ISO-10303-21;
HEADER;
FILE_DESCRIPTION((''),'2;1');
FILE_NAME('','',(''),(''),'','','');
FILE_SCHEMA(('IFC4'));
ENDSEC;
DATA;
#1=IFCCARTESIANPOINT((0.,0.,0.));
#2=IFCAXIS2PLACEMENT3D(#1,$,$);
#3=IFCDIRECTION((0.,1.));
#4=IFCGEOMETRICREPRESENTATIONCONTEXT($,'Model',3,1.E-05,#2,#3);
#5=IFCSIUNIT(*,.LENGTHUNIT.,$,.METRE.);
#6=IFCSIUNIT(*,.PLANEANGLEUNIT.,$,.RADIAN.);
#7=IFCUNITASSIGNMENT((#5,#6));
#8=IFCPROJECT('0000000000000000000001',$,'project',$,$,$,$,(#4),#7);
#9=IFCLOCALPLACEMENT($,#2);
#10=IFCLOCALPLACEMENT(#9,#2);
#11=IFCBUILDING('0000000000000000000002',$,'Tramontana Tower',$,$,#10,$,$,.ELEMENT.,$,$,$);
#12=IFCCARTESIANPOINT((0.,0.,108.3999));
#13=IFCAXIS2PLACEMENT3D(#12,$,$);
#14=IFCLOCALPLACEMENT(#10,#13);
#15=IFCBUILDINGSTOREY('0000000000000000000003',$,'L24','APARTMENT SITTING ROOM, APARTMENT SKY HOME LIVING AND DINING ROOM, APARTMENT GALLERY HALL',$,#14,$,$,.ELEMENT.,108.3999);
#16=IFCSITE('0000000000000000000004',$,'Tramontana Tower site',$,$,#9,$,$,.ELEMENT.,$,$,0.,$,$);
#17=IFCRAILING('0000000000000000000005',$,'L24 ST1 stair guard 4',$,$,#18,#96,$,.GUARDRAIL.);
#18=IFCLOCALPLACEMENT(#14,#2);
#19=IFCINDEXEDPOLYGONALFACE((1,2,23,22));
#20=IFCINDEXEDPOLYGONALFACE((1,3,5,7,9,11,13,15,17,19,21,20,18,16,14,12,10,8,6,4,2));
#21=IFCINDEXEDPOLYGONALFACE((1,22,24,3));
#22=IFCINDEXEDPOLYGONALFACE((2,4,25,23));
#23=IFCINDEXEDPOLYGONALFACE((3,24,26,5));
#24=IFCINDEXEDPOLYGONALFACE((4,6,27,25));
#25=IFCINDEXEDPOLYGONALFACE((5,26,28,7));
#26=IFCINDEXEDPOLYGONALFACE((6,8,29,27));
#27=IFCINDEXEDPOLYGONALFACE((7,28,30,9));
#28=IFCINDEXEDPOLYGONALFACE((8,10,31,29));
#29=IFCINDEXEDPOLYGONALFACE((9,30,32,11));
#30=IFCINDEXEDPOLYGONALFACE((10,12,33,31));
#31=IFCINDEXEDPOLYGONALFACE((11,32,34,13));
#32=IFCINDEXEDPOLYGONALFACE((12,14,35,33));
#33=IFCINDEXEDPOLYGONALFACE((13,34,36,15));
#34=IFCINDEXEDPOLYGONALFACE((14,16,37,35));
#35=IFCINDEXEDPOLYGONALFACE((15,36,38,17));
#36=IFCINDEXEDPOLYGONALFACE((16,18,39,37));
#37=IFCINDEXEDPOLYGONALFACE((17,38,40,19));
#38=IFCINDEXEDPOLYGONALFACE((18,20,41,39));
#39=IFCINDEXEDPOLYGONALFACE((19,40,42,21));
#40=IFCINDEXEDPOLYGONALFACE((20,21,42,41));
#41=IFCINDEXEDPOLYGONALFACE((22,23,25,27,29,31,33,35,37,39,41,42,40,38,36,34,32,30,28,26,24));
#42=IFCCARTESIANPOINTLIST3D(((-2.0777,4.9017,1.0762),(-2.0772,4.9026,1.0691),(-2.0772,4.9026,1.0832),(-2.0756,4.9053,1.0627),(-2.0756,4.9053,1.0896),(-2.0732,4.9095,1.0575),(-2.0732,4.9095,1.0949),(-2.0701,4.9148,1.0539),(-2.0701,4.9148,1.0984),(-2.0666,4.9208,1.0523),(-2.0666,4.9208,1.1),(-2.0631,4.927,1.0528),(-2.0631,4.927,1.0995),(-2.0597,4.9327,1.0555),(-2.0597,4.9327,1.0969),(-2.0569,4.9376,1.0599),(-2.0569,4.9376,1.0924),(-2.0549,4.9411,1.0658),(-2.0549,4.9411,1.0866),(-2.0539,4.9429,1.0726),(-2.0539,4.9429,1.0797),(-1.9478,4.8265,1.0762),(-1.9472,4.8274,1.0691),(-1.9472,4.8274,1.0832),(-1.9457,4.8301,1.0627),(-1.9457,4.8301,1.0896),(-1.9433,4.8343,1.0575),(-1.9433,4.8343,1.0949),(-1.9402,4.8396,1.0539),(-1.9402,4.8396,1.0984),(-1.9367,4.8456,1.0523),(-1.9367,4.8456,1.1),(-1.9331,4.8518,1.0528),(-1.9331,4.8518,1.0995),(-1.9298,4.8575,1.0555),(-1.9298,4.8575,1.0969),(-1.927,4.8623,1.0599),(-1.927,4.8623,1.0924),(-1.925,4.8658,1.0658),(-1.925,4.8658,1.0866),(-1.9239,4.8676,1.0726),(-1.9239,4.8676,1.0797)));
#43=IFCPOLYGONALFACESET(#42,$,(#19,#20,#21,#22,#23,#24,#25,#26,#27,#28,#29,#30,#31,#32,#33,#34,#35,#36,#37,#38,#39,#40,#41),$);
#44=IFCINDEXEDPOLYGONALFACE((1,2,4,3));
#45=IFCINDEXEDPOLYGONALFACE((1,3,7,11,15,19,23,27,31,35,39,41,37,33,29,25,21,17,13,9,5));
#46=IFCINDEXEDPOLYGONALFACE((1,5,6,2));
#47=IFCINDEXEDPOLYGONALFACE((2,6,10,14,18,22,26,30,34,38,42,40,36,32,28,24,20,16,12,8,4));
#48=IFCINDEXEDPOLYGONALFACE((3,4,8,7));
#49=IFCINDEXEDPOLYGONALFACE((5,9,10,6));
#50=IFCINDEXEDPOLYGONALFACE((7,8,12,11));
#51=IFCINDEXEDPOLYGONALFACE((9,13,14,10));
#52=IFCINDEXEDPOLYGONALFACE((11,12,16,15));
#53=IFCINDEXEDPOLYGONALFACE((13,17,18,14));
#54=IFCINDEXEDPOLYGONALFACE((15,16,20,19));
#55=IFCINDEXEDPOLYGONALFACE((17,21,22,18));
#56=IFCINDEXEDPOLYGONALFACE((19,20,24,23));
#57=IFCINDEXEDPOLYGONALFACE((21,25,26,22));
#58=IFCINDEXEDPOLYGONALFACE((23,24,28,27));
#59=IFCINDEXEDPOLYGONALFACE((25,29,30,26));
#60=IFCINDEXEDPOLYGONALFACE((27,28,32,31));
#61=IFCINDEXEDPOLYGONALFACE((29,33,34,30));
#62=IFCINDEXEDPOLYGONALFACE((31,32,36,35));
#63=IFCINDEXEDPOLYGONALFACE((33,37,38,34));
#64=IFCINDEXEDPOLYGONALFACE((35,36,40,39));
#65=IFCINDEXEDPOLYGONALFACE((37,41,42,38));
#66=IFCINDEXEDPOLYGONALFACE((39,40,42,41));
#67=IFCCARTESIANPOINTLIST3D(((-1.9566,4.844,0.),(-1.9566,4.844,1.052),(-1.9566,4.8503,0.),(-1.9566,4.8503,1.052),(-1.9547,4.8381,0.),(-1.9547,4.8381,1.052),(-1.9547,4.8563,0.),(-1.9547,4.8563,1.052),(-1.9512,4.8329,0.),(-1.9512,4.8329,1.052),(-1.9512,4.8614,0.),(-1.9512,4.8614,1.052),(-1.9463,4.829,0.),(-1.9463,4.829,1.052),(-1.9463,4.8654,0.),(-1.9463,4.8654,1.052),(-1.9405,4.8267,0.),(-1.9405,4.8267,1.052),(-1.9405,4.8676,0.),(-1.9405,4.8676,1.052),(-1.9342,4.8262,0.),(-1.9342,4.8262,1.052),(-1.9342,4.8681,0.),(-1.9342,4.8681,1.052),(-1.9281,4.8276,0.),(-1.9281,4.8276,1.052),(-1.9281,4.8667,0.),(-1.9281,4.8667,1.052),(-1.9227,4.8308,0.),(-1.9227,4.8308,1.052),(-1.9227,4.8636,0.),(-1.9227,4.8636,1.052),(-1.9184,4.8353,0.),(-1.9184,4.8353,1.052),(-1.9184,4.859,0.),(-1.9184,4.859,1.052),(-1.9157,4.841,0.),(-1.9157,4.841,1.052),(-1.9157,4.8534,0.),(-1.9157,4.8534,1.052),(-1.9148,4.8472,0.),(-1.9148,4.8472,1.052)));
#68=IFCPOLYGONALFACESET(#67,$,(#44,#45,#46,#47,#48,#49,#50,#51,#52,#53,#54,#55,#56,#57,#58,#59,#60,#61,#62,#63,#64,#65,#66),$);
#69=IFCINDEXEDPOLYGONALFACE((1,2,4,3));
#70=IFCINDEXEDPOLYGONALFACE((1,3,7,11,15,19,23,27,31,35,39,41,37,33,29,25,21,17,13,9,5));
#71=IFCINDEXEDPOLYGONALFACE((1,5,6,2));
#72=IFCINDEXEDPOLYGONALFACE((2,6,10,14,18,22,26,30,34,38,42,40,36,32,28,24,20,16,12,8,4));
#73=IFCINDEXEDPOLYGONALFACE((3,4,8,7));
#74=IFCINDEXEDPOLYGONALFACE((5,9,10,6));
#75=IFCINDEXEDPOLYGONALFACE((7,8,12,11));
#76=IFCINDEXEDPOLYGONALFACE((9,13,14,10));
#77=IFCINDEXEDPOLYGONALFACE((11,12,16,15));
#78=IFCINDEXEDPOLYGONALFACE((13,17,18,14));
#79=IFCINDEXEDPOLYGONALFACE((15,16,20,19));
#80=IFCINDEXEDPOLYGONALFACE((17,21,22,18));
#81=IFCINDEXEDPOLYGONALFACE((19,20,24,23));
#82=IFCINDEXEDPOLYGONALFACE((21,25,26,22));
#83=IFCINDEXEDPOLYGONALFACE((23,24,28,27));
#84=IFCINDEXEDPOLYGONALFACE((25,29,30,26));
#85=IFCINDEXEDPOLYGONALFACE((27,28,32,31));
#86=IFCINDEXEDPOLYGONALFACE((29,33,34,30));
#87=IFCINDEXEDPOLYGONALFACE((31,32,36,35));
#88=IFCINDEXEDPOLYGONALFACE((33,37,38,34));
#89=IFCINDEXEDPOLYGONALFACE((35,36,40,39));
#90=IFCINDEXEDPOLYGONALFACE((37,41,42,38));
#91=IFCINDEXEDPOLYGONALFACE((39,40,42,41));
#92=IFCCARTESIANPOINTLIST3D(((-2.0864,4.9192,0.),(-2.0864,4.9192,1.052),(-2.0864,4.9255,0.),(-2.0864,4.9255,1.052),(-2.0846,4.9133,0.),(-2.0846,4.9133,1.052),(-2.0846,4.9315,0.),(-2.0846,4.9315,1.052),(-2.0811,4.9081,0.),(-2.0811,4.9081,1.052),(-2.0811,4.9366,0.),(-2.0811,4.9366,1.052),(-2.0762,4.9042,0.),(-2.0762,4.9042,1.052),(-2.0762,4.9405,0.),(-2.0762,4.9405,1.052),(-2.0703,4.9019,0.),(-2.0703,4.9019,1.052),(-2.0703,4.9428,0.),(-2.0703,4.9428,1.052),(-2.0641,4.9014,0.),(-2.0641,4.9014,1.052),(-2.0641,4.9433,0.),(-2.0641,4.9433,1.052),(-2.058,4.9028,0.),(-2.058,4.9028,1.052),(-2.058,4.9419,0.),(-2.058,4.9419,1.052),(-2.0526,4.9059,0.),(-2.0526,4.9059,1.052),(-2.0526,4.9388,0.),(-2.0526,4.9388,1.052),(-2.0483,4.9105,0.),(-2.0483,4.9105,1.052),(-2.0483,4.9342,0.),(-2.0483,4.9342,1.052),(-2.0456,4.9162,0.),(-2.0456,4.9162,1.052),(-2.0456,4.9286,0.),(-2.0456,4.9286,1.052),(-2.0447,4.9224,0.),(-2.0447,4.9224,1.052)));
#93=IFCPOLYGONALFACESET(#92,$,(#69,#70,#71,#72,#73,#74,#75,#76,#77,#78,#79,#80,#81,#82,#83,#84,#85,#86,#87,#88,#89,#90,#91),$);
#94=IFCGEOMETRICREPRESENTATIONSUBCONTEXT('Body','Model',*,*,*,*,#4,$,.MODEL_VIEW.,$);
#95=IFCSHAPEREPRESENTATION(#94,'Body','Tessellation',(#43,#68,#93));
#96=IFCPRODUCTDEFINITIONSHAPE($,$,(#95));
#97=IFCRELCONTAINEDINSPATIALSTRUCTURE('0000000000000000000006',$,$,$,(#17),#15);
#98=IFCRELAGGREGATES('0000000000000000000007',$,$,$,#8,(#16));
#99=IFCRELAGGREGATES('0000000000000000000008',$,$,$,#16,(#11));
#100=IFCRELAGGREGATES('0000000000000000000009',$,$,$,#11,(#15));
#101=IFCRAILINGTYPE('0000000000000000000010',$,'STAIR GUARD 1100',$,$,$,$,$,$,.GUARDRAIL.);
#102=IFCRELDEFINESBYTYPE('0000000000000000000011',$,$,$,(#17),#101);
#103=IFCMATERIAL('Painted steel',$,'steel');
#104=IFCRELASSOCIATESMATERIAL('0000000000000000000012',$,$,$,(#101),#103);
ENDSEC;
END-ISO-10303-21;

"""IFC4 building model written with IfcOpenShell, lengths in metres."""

from ifc_helpers import new_model, si_unit, direction, frame, origin, origin_2d, place, context, subcontext, project, spatial, circle, extrude, material, type_object, element, save


model = new_model("IFC4")

# Units and contexts
model_context = context("Model", 3, precision=1e-05, world=origin(), true_north=direction((0.0, 1.0)))
body_context = subcontext(model_context, "Body", "Model", "MODEL_VIEW")
ifc_project = project(units=[si_unit("LENGTHUNIT", "METRE"), si_unit("PLANEANGLEUNIT", "RADIAN")], contexts=[model_context])

# Site, building, storey
site_placement = place(None, origin())
site = spatial("IfcSite", under=ifc_project, at=site_placement, Name="Tramontana Tower site", CompositionType="ELEMENT", RefElevation=0.0)
building_placement = place(site_placement, origin())
building = spatial("IfcBuilding", under=site, at=building_placement, Name="Tramontana Tower", CompositionType="ELEMENT")
storey_placement = place(building_placement, frame((0.0, 0.0, 108.3999)))
storey = spatial("IfcBuildingStorey", under=building, at=storey_placement, Name="L24", Description="APARTMENT SITTING ROOM, APARTMENT SKY HOME LIVING AND DINING ROOM, APARTMENT GALLERY HALL", CompositionType="ELEMENT", Elevation=108.3999)

# Railing
ifc_material_1 = material(Name="Painted steel", Category="steel")
railing_type_1 = type_object("IfcRailingType", Name="STAIR GUARD 1100", PredefinedType="GUARDRAIL", material=ifc_material_1)
railing_1_placement = place(storey_placement, frame((-1.9358, 4.8472, 0.0)))
element("IfcRailing", 1, at=railing_1_placement, inside=storey, type_object=railing_type_1, Name="L24 ST1 stair guard 4", PredefinedType="GUARDRAIL", context=body_context, shape_type="SweptSolid", body=[
    extrude(circle(Radius=0.0239, at=origin_2d()), frame((0.0, 0.0, 1.0762), z_axis=(-0.865426, 0.501036, 0.0), x_axis=(-0.501036, -0.865426, 0.0)), (0.0, 0.0, 1.0), 0.1501),
    extrude(circle(Radius=0.021, at=origin_2d()), origin(), (0.0, 0.0, 1.0), 1.052),
    extrude(circle(Radius=0.021, at=origin_2d()), frame((-0.1299, 0.0752, 0.0)), (0.0, 0.0, 1.0), 1.052),
])

save(model, "model.ifc")
